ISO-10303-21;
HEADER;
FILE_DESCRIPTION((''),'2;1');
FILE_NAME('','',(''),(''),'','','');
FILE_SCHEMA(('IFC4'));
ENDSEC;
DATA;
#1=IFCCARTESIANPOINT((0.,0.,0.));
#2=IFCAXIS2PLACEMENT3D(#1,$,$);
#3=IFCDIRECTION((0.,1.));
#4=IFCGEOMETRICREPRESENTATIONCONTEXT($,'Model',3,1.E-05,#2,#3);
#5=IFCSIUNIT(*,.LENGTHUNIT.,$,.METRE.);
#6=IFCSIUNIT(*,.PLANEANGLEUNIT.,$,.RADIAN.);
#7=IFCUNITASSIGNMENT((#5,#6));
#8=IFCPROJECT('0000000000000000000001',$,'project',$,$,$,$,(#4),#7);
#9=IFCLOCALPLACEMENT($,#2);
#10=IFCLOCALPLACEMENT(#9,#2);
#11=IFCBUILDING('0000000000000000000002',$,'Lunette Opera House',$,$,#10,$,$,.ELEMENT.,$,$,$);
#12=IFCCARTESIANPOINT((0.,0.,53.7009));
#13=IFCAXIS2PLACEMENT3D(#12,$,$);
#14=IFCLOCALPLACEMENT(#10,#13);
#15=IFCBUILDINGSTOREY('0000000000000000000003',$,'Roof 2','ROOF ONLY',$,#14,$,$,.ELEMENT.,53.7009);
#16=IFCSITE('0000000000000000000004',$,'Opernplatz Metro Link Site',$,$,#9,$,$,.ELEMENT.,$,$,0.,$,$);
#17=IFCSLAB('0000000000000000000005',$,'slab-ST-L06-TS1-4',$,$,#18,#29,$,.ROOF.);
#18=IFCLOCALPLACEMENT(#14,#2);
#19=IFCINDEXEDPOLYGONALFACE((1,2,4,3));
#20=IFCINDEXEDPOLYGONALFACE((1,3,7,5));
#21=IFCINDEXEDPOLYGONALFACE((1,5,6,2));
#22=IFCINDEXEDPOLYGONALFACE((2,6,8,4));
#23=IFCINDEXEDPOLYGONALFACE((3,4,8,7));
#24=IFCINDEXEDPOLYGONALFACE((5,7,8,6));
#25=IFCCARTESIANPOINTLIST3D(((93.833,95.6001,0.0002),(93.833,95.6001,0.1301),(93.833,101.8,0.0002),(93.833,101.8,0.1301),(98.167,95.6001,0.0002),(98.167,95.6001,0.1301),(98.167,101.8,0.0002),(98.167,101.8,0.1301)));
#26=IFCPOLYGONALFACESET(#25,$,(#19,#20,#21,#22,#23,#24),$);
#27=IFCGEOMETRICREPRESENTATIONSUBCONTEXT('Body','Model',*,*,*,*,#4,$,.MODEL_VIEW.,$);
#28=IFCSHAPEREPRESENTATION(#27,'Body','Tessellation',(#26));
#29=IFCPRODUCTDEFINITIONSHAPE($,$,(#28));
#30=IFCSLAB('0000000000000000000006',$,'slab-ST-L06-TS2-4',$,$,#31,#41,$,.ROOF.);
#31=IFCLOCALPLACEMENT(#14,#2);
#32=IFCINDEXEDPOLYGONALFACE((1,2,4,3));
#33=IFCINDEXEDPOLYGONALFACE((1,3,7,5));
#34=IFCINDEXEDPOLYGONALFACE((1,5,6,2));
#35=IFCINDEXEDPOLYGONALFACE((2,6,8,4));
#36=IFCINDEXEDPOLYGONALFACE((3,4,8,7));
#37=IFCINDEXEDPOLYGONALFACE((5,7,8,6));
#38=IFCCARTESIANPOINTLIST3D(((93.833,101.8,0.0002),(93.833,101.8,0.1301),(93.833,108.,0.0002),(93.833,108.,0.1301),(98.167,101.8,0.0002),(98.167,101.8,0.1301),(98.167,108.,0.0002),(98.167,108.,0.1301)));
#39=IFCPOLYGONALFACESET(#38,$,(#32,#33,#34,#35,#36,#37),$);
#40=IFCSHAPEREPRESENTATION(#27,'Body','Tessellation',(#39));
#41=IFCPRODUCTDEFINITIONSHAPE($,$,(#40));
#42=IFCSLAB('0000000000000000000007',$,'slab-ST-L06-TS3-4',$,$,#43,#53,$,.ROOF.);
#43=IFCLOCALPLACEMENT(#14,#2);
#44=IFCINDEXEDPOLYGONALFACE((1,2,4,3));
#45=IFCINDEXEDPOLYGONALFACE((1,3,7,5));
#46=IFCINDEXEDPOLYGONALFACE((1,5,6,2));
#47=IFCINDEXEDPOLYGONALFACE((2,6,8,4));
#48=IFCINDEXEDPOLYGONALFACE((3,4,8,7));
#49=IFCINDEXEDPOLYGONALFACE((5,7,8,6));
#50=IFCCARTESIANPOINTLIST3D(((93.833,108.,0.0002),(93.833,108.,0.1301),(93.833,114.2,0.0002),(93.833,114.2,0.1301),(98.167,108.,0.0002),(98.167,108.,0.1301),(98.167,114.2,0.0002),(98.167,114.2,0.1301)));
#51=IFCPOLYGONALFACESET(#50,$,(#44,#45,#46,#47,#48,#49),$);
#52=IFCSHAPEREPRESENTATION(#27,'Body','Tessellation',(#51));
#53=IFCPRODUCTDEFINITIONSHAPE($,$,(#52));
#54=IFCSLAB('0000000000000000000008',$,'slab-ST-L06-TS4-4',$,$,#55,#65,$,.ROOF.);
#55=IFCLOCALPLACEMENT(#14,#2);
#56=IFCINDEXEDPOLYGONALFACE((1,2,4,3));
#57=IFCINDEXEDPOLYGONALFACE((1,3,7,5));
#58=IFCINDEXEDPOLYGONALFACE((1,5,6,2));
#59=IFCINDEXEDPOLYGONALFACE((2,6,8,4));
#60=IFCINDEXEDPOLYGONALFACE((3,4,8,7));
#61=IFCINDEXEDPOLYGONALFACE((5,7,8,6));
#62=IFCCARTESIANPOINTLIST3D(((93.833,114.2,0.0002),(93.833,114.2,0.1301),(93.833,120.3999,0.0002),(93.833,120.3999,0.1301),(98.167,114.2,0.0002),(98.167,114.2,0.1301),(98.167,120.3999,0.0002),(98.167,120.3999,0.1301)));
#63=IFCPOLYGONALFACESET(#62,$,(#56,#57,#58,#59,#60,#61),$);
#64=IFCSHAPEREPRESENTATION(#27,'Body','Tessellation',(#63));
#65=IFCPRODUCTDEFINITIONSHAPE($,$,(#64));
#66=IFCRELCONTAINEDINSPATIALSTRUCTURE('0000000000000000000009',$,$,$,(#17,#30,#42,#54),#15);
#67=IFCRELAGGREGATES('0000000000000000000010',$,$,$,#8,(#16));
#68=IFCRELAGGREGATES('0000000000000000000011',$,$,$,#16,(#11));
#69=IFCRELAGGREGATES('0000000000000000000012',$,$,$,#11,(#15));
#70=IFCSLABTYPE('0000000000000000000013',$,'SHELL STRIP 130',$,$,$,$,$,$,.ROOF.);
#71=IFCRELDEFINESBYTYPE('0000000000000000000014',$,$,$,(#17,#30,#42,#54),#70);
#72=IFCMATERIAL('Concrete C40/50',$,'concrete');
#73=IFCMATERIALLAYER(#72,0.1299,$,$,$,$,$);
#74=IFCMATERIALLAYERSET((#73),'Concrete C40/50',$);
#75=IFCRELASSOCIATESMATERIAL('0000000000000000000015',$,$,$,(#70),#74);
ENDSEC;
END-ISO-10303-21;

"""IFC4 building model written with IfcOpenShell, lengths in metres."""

from ifc_helpers import new_model, si_unit, direction, frame, origin, place, context, subcontext, project, spatial, polyline, outline, extrude, material, layer, layer_set, type_object, element, save


model = new_model("IFC4")

# Units and contexts
model_context = context("Model", 3, precision=1e-05, world=origin(), true_north=direction((0.0, 1.0)))
body_context = subcontext(model_context, "Body", "Model", "MODEL_VIEW")
ifc_project = project(units=[si_unit("LENGTHUNIT", "METRE"), si_unit("PLANEANGLEUNIT", "RADIAN")], contexts=[model_context])

# Site, building, storey
site_placement = place(None, origin())
site = spatial("IfcSite", under=ifc_project, at=site_placement, Name="Opernplatz Metro Link Site", CompositionType="ELEMENT", RefElevation=0.0)
building_placement = place(site_placement, origin())
building = spatial("IfcBuilding", under=site, at=building_placement, Name="Lunette Opera House", CompositionType="ELEMENT")
storey_placement = place(building_placement, frame((0.0, 0.0, 53.7009)))
storey = spatial("IfcBuildingStorey", under=building, at=storey_placement, Name="Roof 2", Description="ROOF ONLY", CompositionType="ELEMENT", Elevation=53.7009)

# Slabs
ifc_material = material(Name="Concrete C40/50", Category="concrete")
ifc_layer = layer(ifc_material, 0.1299)
ifc_layer_set = layer_set([ifc_layer], Name="Concrete C40/50")
slab_type = type_object("IfcSlabType", Name="SHELL STRIP 130", PredefinedType="ROOF", material=ifc_layer_set)
for number, where, z_axis, x_axis, name in (
    (1, (93.833, 95.6001, 0.1301), (0.0, 0.0, 1.0), (1.0, 0.0, 0.0), "slab-ST-L06-TS1-4"),
    (2, (93.833, 101.8, 0.1301), (0.0, 0.0, 1.0), (1.0, 0.0, 0.0), "slab-ST-L06-TS2-4"),
    (3, (93.833, 108.0, 0.1301), (0.0, 0.0, 1.0), (1.0, 0.0, 0.0), "slab-ST-L06-TS3-4"),
    (4, (93.833, 114.2, 0.1301), (0.0, 0.0, 1.0), (1.0, 0.0, 0.0), "slab-ST-L06-TS4-4"),
):
    element("IfcSlab", number, at=place(storey_placement, frame(where, z_axis=z_axis, x_axis=x_axis)), inside=storey, type_object=slab_type, Name=name, PredefinedType="ROOF", context=body_context, shape_type="SweptSolid", body=[
        extrude(outline(polyline([(0.0, 0.0), (4.334, 0.0), (4.334, 6.2), (0.0, 6.2), (0.0, 0.0)])), origin(), (0.0, 0.0, -1.0), 0.1299),
    ])

save(model, "model.ifc")
